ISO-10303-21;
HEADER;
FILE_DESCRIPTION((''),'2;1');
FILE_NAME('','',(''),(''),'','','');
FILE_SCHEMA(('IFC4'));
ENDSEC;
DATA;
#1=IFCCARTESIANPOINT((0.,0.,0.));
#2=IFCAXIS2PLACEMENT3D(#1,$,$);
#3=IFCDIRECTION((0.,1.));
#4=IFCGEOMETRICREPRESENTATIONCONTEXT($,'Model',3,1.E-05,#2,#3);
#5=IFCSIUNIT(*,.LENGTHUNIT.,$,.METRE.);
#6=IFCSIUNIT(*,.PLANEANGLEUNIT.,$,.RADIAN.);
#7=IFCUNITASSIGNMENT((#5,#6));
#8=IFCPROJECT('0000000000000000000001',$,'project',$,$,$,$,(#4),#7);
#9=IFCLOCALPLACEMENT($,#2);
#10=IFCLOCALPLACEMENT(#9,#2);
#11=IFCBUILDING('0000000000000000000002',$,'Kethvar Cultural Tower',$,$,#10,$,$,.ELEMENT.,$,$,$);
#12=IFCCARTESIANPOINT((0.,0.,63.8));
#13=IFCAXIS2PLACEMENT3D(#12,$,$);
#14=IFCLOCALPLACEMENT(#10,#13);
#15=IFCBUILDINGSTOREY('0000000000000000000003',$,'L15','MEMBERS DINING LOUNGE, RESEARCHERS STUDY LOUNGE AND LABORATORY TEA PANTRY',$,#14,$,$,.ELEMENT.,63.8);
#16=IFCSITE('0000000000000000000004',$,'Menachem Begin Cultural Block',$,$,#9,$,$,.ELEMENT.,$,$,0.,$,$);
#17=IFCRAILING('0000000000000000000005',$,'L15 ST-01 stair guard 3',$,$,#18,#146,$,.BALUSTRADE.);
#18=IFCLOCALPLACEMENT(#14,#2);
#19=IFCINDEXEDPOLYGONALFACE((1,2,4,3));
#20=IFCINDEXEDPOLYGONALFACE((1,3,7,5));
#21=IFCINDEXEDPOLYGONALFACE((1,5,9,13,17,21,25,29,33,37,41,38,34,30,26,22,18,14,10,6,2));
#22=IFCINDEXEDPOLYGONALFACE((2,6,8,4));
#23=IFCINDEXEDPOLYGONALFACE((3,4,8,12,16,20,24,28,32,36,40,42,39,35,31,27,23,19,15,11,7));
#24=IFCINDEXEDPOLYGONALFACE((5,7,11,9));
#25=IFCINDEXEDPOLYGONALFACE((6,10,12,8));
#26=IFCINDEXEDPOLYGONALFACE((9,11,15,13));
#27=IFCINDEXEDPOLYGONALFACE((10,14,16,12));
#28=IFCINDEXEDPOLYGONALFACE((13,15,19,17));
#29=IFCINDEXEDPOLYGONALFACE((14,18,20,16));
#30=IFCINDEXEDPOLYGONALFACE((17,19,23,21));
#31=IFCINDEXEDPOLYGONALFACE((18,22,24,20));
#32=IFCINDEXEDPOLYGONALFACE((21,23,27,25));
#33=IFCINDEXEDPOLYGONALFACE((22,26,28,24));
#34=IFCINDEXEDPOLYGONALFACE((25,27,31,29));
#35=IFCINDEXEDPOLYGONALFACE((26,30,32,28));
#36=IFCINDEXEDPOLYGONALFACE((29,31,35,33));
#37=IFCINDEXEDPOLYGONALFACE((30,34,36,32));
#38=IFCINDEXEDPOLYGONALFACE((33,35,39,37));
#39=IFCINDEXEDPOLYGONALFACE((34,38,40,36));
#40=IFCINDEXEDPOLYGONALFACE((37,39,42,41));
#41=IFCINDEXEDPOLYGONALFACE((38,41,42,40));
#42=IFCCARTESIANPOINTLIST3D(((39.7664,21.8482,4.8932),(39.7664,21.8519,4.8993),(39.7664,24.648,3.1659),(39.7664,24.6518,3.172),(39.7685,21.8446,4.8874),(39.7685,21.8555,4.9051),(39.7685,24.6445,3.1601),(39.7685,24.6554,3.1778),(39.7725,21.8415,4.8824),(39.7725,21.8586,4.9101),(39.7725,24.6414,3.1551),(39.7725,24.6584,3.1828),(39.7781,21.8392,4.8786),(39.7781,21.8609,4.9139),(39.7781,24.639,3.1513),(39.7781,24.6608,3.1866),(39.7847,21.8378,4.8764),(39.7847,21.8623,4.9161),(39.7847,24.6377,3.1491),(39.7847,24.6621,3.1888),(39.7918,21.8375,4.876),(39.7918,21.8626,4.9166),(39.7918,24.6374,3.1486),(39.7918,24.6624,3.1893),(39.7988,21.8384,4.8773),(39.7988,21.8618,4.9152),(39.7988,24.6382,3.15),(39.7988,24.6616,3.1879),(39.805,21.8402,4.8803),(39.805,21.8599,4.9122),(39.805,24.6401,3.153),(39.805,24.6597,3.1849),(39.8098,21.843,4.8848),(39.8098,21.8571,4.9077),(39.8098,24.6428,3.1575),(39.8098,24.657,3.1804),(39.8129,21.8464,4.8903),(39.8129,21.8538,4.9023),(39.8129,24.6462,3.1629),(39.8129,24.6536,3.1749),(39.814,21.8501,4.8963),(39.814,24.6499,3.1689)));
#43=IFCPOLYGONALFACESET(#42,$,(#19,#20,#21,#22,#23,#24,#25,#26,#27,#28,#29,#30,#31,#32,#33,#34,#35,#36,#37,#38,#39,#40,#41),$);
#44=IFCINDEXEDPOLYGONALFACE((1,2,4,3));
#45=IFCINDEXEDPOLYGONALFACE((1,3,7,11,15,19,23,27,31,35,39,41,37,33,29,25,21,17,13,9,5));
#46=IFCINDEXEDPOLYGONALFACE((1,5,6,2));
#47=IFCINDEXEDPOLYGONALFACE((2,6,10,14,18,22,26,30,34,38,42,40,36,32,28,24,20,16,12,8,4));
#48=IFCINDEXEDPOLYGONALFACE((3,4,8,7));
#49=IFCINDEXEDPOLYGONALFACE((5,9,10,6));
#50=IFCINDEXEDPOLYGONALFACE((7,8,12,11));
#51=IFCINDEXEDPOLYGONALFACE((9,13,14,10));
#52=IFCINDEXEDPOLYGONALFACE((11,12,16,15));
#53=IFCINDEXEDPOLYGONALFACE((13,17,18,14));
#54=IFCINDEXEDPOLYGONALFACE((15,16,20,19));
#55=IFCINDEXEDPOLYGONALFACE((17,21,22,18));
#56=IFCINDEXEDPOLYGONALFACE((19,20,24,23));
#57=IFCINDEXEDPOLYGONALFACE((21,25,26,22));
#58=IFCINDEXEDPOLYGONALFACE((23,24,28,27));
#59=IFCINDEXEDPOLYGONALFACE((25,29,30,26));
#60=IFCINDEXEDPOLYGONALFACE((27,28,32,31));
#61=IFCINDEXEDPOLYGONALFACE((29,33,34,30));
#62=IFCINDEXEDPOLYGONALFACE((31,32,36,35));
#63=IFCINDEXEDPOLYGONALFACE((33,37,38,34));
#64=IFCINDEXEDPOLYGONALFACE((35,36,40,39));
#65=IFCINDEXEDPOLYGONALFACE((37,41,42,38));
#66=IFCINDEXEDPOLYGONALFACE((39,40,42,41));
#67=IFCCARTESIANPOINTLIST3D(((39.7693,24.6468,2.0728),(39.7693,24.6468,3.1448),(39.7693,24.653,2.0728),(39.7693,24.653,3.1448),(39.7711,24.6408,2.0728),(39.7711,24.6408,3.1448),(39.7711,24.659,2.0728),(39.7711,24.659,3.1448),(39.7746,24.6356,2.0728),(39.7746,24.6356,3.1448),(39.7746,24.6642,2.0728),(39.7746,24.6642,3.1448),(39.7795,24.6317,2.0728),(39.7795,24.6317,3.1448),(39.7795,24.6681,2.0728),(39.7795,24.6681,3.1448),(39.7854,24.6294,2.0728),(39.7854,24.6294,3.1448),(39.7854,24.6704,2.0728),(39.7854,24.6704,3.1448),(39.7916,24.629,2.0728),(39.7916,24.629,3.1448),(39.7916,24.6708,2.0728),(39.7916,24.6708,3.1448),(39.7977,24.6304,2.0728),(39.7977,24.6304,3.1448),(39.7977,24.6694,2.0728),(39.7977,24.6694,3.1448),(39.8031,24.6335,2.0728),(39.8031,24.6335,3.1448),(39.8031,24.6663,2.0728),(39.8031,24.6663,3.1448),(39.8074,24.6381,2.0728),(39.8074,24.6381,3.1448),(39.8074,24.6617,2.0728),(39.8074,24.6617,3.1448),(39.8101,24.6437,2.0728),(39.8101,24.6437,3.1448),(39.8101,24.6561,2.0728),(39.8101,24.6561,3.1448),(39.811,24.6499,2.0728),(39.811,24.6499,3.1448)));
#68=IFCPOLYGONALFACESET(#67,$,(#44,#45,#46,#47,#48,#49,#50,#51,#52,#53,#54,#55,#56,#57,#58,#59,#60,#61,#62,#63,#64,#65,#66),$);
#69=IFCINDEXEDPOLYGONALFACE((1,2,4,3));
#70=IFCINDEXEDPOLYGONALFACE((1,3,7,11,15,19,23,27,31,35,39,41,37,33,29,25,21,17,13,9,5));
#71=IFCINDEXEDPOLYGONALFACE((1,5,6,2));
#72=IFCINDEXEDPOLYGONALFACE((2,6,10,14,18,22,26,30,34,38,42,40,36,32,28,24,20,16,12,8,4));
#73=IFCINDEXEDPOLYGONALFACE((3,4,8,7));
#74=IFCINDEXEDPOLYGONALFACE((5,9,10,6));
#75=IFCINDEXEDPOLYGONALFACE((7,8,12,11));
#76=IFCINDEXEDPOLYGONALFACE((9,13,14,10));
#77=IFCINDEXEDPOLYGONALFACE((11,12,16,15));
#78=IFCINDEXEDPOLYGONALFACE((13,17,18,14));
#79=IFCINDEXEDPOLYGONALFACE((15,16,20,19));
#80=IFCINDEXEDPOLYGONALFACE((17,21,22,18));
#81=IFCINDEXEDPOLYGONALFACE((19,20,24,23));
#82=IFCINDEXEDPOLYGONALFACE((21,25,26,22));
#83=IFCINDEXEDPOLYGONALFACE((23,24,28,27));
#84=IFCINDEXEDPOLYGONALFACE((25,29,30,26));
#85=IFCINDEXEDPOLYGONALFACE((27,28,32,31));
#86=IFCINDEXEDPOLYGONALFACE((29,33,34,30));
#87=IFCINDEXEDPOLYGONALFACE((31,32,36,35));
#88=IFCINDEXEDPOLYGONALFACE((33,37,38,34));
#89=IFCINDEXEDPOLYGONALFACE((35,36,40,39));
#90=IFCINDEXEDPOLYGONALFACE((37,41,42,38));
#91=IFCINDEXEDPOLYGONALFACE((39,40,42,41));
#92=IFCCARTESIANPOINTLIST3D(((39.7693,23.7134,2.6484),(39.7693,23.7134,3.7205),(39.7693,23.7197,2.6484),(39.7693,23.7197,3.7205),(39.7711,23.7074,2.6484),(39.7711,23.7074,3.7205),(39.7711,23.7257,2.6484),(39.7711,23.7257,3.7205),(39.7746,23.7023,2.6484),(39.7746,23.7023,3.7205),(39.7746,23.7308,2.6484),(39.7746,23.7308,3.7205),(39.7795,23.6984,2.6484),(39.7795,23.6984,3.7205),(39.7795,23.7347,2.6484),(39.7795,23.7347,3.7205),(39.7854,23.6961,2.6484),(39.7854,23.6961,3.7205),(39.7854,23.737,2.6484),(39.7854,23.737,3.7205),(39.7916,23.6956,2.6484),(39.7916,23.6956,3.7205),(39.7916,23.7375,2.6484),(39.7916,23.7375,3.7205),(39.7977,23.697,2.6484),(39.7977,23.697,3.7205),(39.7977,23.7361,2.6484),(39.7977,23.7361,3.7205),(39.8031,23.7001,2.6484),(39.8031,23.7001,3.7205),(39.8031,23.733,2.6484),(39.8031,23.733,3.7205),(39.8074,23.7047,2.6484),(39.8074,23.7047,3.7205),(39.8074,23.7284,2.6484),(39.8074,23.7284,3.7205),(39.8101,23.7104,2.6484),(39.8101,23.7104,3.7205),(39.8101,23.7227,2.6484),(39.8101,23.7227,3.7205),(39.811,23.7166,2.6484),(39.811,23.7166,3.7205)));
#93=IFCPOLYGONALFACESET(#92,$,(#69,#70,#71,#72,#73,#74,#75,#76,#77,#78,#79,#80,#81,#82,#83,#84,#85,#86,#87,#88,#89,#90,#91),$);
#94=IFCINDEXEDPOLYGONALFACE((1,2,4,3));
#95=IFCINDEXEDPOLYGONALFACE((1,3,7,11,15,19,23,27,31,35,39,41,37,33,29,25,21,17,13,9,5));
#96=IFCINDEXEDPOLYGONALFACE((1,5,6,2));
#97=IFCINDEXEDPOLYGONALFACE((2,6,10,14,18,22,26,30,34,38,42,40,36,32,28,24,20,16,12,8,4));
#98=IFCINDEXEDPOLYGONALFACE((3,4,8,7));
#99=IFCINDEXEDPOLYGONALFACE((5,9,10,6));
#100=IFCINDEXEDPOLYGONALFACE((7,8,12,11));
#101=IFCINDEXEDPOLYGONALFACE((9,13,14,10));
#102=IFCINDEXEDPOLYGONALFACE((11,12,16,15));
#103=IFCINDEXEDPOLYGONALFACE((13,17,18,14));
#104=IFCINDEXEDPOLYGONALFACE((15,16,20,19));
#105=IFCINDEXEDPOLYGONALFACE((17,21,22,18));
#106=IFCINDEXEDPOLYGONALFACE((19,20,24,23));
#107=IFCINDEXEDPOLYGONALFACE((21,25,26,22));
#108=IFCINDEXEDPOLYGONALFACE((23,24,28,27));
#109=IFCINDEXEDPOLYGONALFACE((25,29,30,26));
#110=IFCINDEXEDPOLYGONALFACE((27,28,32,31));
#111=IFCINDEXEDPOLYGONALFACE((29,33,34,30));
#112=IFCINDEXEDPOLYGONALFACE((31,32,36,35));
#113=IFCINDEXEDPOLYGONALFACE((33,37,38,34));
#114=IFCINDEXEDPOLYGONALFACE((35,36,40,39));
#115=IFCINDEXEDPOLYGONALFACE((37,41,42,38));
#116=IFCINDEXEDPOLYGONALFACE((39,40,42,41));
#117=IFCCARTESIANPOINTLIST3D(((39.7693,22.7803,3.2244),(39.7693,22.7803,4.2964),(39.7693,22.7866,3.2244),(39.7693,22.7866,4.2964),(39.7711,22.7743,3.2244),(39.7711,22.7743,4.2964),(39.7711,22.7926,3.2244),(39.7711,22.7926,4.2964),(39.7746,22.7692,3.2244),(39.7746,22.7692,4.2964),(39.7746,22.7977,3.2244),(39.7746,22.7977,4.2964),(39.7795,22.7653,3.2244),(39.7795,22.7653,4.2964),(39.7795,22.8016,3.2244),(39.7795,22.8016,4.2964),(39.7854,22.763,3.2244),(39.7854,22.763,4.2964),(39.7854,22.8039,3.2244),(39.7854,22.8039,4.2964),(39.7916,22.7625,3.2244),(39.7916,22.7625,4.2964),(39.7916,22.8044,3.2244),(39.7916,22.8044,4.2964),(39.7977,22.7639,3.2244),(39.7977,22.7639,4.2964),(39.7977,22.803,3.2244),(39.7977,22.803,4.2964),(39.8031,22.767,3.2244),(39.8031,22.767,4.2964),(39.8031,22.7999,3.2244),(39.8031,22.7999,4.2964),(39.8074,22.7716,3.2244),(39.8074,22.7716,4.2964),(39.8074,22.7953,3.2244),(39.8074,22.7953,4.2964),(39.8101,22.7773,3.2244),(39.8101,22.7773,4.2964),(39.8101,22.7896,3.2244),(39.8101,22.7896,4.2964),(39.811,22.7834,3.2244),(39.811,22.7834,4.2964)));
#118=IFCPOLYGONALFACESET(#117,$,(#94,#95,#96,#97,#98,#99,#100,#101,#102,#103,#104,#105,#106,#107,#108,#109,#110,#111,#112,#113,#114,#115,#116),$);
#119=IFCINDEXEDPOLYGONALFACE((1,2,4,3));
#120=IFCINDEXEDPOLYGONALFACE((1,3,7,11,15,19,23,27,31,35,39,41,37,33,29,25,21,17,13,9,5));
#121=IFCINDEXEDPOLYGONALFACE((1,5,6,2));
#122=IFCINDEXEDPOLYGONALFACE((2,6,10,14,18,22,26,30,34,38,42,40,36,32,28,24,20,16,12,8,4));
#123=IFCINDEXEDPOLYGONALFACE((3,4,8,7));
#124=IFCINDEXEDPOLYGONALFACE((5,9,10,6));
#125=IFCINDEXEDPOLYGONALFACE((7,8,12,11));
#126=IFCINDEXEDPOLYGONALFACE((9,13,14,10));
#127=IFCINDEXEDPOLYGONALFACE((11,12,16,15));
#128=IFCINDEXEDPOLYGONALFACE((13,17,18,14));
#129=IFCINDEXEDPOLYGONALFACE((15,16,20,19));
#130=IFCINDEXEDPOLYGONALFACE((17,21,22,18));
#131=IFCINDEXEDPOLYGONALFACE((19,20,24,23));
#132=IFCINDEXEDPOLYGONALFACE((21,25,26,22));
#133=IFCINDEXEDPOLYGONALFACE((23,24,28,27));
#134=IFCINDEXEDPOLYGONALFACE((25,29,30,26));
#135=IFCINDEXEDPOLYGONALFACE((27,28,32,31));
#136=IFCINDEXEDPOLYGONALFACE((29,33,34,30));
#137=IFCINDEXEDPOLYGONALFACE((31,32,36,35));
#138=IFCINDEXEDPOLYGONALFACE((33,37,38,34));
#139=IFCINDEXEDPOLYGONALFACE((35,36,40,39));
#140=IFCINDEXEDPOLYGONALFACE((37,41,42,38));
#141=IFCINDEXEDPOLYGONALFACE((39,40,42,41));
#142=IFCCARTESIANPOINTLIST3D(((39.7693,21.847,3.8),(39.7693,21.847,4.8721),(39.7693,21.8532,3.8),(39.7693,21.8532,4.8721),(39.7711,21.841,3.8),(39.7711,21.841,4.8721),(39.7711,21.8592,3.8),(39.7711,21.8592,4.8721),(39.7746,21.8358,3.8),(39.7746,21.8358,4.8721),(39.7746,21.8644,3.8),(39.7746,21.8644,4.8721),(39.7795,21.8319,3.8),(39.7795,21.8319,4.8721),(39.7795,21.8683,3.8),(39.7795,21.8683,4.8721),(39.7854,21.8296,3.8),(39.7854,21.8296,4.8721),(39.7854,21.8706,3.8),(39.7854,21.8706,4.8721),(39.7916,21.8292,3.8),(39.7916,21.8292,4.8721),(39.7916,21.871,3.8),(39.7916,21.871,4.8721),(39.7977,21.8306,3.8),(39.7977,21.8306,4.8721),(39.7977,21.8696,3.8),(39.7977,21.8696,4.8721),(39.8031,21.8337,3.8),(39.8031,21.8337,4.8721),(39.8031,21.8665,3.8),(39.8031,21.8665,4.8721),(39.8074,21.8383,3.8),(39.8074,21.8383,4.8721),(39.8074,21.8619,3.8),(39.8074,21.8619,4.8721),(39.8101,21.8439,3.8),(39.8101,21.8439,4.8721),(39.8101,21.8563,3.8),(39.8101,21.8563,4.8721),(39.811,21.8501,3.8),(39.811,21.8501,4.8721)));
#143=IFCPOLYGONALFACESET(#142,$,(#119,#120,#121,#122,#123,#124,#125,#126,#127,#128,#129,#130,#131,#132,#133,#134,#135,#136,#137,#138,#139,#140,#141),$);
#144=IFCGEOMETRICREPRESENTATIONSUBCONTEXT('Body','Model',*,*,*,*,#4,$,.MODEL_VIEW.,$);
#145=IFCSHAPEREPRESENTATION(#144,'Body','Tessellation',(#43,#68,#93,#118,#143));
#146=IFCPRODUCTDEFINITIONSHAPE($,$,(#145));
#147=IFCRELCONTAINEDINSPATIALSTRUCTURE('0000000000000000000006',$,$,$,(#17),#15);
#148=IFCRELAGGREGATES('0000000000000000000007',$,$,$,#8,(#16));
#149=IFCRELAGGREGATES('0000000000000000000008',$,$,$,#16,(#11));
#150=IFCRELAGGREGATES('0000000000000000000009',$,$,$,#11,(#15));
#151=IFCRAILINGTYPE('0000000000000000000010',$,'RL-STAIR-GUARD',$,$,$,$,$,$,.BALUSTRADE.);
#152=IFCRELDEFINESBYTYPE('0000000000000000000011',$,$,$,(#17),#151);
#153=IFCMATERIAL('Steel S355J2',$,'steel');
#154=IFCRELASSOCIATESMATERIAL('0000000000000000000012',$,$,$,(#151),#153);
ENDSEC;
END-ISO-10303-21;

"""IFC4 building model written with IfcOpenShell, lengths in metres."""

from ifc_helpers import new_model, si_unit, direction, frame, origin, origin_2d, place, context, subcontext, project, spatial, circle, extrude, material, type_object, element, save


model = new_model("IFC4")

# Units and contexts
model_context = context("Model", 3, precision=1e-05, world=origin(), true_north=direction((0.0, 1.0)))
body_context = subcontext(model_context, "Body", "Model", "MODEL_VIEW")
ifc_project = project(units=[si_unit("LENGTHUNIT", "METRE"), si_unit("PLANEANGLEUNIT", "RADIAN")], contexts=[model_context])

# Site, building, storey
site_placement = place(None, origin())
site = spatial("IfcSite", under=ifc_project, at=site_placement, Name="Menachem Begin Cultural Block", CompositionType="ELEMENT", RefElevation=0.0)
building_placement = place(site_placement, origin())
building = spatial("IfcBuilding", under=site, at=building_placement, Name="Kethvar Cultural Tower", CompositionType="ELEMENT")
storey_placement = place(building_placement, frame((0.0, 0.0, 63.8)))
storey = spatial("IfcBuildingStorey", under=building, at=storey_placement, Name="L15", Description="MEMBERS DINING LOUNGE, RESEARCHERS STUDY LOUNGE AND LABORATORY TEA PANTRY", CompositionType="ELEMENT", Elevation=63.8)

# Shared definitions
ifc_material_1 = material(Name="Steel S355J2", Category="steel")

# Railing
railing_type_1 = type_object("IfcRailingType", Name="RL-STAIR-GUARD", PredefinedType="BALUSTRADE", material=ifc_material_1)
railing_1_placement = place(storey_placement, frame((39.79, 24.6499, 2.0728)))
element("IfcRailing", 1, at=railing_1_placement, inside=storey, type_object=railing_type_1, Name="L15 ST-01 stair guard 3", PredefinedType="BALUSTRADE", context=body_context, shape_type="SweptSolid", body=[
    extrude(circle(Radius=0.0239, at=origin_2d()), frame((0.0, 0.0, 1.0962), z_axis=(0.0, -0.851069, 0.525054), x_axis=(1.0, 0.0, 0.0)), (0.0, 0.0, 1.0), 3.2898),
    extrude(circle(Radius=0.021, at=origin_2d()), origin(), (0.0, 0.0, 1.0), 1.072),
    extrude(circle(Radius=0.021, at=origin_2d()), frame((0.0, -0.9333, 0.5757)), (0.0, 0.0, 1.0), 1.072),
    extrude(circle(Radius=0.021, at=origin_2d()), frame((0.0, -1.8665, 1.1516)), (0.0, 0.0, 1.0), 1.072),
    extrude(circle(Radius=0.021, at=origin_2d()), frame((0.0, -2.7998, 1.7273)), (0.0, 0.0, 1.0), 1.072),
])

save(model, "model.ifc")
